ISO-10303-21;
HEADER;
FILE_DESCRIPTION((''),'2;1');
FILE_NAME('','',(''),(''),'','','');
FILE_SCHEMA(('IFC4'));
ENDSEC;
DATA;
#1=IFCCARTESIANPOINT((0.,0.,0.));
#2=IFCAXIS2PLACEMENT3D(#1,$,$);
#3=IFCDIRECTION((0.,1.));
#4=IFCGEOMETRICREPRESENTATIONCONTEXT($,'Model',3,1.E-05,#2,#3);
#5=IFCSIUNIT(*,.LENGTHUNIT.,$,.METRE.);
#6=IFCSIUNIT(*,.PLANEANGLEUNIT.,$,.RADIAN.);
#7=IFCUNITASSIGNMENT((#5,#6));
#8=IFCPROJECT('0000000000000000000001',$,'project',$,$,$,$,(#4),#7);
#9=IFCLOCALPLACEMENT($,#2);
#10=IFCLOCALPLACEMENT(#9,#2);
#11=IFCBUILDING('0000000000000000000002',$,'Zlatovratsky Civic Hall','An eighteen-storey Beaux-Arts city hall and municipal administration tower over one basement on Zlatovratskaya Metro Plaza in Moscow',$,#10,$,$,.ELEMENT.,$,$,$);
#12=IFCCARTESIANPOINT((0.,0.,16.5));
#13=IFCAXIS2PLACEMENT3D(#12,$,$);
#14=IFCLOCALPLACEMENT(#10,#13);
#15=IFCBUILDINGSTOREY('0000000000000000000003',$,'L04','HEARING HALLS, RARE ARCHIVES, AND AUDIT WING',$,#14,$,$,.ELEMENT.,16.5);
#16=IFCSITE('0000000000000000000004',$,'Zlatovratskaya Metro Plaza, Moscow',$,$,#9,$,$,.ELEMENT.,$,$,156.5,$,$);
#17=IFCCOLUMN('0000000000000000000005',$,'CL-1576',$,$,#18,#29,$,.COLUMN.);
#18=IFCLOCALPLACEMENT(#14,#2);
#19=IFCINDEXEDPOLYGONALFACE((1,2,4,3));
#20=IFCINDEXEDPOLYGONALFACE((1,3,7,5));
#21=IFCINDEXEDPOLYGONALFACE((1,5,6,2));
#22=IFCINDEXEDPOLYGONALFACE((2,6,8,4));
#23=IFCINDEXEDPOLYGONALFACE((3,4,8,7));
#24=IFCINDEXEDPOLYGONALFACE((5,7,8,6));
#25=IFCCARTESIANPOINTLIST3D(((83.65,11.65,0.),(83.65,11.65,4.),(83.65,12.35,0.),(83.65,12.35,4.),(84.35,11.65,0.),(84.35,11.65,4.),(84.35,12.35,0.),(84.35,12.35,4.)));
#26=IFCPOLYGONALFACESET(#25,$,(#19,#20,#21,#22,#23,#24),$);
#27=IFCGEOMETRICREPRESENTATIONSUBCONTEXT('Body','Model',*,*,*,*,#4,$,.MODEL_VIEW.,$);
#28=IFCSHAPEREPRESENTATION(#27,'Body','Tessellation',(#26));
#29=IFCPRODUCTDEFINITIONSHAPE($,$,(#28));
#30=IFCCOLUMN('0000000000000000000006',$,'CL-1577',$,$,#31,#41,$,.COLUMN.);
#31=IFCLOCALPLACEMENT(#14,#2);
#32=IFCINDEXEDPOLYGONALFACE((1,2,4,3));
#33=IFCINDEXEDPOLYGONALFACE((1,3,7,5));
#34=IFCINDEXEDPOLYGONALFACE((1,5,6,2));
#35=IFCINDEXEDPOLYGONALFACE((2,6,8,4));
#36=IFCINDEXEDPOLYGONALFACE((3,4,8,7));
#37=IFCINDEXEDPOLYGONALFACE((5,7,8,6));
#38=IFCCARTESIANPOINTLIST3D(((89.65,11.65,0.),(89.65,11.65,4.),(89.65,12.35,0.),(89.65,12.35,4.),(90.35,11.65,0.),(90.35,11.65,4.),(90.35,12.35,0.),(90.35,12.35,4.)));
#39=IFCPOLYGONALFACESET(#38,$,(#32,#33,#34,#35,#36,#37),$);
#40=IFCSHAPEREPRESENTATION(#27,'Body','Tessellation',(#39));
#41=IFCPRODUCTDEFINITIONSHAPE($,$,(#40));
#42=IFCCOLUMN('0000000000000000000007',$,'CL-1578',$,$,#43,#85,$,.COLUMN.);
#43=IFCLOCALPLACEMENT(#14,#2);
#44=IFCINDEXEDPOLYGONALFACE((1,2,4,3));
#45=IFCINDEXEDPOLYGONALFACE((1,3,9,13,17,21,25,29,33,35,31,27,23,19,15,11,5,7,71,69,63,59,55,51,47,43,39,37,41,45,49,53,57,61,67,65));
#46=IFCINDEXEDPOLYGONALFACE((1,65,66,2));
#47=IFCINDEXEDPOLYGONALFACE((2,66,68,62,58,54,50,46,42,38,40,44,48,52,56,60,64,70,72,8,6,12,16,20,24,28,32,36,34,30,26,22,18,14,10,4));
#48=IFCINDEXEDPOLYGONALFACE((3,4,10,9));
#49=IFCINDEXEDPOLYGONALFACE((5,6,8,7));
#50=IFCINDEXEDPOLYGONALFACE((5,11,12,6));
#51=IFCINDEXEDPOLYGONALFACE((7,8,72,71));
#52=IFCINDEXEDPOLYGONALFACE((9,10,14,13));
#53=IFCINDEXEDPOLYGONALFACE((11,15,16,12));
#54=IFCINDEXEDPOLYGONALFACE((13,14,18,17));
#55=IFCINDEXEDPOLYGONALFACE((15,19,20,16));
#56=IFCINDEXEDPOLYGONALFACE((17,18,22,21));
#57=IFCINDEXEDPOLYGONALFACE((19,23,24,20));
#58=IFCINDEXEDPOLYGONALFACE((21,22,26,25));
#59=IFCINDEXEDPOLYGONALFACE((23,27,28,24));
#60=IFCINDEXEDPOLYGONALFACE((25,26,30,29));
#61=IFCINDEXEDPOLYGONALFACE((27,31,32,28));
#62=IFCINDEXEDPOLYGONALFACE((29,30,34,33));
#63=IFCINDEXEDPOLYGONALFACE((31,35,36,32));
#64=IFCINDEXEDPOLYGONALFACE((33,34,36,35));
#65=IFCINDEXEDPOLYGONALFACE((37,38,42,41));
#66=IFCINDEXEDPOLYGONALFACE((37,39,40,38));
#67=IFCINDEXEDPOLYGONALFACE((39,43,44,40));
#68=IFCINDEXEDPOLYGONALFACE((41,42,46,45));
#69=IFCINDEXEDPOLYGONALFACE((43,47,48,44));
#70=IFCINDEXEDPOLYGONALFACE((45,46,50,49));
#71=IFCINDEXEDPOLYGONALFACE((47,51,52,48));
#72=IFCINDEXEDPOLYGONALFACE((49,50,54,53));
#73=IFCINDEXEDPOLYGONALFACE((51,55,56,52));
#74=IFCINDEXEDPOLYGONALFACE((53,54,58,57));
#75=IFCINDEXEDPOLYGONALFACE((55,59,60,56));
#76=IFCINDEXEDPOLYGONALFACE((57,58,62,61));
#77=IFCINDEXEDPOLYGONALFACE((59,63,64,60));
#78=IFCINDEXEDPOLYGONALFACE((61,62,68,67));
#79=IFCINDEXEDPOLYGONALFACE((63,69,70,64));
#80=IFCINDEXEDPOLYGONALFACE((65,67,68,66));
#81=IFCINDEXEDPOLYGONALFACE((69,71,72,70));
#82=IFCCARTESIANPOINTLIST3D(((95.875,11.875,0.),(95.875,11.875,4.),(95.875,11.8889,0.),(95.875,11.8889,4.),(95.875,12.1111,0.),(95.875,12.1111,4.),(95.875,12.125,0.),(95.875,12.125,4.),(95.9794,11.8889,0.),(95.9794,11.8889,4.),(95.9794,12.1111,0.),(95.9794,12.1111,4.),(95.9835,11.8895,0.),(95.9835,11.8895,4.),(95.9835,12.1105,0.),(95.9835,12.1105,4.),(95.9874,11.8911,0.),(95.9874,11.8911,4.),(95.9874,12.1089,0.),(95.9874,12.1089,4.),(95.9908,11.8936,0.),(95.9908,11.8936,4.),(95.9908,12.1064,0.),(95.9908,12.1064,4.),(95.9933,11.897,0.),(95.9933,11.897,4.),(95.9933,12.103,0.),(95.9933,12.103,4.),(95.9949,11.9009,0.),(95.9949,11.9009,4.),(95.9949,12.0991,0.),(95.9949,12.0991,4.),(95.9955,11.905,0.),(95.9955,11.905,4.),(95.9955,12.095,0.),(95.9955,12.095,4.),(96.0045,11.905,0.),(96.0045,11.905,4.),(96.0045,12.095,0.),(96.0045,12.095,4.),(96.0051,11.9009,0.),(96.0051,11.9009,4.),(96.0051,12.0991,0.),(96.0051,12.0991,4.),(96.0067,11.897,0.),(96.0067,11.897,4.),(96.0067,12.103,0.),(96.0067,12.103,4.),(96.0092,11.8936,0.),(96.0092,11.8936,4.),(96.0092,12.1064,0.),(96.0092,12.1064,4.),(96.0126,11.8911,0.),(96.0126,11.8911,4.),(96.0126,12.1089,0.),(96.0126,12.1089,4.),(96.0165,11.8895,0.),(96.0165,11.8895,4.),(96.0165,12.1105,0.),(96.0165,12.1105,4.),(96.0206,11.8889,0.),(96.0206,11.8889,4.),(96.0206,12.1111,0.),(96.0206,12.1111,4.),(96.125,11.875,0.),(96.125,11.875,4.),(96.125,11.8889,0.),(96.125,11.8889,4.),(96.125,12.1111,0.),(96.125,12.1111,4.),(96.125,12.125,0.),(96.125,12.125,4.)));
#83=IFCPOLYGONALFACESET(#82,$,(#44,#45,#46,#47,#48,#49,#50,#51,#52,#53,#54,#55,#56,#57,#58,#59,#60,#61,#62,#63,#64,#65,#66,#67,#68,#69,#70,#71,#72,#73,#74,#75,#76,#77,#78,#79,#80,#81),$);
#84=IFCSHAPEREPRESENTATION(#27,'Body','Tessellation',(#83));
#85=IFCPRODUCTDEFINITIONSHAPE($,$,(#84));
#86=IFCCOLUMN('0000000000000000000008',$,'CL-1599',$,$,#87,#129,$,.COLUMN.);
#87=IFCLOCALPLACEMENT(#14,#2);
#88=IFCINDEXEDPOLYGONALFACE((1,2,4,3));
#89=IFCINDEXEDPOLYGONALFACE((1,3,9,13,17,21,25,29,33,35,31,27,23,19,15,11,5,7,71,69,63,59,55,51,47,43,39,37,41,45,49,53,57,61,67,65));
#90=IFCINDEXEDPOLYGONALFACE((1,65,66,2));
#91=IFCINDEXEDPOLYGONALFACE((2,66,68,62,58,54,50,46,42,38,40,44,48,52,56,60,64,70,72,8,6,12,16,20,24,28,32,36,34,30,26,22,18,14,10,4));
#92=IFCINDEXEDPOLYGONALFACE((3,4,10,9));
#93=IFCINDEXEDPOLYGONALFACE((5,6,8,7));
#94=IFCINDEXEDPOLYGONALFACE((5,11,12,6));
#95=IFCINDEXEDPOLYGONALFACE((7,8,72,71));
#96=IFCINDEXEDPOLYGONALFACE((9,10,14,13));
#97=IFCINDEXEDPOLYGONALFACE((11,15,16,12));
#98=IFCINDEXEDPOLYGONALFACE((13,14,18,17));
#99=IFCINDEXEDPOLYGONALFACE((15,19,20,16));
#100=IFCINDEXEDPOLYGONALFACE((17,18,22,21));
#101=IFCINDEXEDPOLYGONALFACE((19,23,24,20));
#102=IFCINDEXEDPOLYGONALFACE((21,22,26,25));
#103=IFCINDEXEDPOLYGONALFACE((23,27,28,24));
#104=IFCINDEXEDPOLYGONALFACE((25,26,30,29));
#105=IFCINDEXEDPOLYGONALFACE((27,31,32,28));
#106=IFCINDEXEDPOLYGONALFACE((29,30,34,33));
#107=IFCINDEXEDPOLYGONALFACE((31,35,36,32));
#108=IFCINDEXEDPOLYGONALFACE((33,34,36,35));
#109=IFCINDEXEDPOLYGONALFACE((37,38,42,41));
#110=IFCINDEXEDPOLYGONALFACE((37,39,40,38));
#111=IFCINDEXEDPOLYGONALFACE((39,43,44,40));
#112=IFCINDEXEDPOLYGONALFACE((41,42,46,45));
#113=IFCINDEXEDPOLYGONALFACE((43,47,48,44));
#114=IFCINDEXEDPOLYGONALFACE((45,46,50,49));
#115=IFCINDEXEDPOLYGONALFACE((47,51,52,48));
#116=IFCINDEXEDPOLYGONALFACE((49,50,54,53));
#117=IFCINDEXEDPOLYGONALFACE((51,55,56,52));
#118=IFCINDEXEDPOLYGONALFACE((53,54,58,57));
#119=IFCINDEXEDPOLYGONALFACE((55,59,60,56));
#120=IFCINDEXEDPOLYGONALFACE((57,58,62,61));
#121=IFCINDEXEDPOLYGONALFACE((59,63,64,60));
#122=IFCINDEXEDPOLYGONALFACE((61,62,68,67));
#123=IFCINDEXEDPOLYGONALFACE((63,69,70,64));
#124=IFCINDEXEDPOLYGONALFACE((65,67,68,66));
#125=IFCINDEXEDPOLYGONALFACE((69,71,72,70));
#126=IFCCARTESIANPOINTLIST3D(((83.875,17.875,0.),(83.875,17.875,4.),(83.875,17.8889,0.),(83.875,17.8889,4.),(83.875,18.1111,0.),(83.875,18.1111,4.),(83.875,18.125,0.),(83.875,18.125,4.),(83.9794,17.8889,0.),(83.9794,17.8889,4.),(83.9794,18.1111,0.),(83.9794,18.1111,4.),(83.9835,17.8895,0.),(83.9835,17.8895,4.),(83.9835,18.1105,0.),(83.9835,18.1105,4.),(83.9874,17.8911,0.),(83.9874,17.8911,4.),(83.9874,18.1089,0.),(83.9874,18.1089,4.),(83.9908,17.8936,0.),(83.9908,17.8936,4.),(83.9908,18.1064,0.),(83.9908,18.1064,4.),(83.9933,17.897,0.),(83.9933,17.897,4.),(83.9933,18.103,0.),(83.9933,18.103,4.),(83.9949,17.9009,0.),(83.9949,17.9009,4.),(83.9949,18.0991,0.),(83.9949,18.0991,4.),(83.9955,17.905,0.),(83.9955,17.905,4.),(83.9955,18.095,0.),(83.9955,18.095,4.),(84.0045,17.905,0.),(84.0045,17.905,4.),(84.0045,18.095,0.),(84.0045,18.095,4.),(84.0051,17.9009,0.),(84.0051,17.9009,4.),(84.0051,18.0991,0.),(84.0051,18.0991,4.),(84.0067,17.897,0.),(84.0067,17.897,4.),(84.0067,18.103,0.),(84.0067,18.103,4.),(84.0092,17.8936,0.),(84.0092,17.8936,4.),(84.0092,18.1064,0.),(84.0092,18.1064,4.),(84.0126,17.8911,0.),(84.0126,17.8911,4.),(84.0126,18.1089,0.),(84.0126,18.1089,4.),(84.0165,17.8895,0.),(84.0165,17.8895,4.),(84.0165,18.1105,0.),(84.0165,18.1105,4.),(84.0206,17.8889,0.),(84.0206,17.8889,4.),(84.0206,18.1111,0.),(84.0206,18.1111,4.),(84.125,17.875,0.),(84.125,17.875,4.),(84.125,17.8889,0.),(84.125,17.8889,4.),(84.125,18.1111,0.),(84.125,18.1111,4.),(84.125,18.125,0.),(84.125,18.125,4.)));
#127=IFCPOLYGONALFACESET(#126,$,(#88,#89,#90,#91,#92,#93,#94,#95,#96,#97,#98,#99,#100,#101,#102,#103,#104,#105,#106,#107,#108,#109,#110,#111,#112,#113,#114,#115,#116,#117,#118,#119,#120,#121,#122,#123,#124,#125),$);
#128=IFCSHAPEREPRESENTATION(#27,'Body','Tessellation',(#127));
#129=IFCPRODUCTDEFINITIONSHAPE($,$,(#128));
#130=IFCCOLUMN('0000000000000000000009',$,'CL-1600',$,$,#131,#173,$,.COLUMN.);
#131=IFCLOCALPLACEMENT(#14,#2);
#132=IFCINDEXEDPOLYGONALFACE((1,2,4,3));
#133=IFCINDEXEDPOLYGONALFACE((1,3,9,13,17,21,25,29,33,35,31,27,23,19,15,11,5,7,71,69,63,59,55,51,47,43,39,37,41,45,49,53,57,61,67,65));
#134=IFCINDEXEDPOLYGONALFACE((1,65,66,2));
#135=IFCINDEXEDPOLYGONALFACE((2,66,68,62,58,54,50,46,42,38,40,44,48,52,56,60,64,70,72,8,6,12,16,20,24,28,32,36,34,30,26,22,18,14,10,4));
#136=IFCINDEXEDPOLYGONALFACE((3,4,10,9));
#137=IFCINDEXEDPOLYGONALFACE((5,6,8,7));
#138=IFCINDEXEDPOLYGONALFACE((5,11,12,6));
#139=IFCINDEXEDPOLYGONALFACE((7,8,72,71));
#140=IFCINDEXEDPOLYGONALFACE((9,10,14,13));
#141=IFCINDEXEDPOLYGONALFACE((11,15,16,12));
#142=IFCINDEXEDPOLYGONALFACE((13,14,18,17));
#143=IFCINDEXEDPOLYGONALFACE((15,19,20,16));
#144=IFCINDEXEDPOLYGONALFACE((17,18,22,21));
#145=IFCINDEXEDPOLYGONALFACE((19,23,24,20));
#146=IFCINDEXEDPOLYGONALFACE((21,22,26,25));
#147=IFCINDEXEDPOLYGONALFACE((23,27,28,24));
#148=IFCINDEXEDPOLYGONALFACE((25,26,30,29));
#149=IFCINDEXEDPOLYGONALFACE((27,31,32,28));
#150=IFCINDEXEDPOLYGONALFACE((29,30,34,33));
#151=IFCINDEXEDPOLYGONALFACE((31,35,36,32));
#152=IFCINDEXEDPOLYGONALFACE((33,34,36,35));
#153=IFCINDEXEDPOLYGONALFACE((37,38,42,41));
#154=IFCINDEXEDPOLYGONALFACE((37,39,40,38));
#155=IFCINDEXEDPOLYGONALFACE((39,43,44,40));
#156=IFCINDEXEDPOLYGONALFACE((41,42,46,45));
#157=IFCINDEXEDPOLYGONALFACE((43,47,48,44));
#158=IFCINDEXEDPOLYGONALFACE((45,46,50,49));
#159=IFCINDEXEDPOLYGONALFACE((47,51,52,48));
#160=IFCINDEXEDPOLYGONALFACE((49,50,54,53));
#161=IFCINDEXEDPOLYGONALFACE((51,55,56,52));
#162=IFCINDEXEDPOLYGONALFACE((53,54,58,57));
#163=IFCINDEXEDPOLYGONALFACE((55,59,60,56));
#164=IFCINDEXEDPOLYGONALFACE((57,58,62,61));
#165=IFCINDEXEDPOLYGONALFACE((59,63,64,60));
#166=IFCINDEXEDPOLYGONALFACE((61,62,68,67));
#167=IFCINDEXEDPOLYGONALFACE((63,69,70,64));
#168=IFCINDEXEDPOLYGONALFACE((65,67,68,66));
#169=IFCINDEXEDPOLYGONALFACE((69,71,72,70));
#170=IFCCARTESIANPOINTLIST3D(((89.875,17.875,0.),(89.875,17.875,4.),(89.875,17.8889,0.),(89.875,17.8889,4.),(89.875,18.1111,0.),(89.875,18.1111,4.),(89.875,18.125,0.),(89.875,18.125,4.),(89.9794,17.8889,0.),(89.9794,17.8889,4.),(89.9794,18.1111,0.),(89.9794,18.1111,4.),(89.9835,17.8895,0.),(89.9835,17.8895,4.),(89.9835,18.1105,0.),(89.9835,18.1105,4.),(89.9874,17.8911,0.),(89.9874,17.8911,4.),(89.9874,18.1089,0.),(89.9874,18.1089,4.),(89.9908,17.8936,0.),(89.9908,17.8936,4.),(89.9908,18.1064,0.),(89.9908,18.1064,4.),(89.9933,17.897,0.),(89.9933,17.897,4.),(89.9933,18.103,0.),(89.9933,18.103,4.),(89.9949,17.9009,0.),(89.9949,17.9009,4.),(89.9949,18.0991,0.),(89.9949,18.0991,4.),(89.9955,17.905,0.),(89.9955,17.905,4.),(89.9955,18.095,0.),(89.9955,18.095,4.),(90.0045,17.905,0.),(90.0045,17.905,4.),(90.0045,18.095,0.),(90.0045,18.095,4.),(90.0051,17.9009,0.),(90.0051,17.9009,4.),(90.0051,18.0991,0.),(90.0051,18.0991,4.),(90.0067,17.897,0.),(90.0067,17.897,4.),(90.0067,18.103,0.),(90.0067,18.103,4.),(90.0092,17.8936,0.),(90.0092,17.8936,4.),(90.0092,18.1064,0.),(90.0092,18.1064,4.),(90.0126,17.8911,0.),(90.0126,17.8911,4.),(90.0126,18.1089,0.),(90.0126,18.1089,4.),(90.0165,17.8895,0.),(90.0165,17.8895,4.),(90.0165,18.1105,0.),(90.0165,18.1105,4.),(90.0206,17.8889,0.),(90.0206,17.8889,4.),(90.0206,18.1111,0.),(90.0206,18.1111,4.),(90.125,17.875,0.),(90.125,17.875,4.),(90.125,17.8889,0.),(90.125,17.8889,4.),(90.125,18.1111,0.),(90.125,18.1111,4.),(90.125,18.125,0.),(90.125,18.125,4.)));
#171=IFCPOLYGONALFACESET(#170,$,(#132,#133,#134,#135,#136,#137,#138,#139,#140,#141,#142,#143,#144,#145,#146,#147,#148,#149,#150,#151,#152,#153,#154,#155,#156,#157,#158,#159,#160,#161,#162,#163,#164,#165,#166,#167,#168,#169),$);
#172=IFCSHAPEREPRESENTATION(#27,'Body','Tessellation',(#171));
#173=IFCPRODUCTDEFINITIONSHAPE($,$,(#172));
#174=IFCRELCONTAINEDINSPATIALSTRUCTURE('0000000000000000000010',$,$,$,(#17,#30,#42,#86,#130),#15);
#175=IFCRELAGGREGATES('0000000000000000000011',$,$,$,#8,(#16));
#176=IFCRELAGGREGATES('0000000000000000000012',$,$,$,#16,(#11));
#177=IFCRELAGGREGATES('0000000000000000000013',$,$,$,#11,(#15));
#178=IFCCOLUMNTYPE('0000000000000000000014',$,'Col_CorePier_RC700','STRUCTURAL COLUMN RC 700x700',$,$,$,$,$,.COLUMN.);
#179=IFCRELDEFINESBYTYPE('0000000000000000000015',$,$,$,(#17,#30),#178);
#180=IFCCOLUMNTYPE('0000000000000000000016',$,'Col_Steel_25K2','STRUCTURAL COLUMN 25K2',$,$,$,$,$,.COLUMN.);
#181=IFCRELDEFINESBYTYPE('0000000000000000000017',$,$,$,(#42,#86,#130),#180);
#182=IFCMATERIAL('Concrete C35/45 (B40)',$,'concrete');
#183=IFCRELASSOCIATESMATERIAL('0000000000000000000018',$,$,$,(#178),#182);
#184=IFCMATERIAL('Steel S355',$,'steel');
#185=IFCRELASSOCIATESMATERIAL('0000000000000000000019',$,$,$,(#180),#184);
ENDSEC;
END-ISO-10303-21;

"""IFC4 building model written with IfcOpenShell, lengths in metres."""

from ifc_helpers import new_model, si_unit, direction, frame, origin, origin_2d, place, context, subcontext, project, spatial, rectangle, i_section, extrude, material, material_profile, profile_set, type_object, element, save


model = new_model("IFC4")

# Units and contexts
model_context = context("Model", 3, precision=1e-05, world=origin(), true_north=direction((0.0, 1.0)))
body_context = subcontext(model_context, "Body", "Model", "MODEL_VIEW")
ifc_project = project(units=[si_unit("LENGTHUNIT", "METRE"), si_unit("PLANEANGLEUNIT", "RADIAN")], contexts=[model_context])

# Site, building, storey
site_placement = place(None, origin())
site = spatial("IfcSite", under=ifc_project, at=site_placement, Name="Zlatovratskaya Metro Plaza, Moscow", CompositionType="ELEMENT", RefElevation=156.5)
building_placement = place(site_placement, origin())
building = spatial("IfcBuilding", under=site, at=building_placement, Name="Zlatovratsky Civic Hall", Description="An eighteen-storey Beaux-Arts city hall and municipal administration tower over one basement on Zlatovratskaya Metro Plaza in Moscow", CompositionType="ELEMENT")
storey_placement = place(building_placement, frame((0.0, 0.0, 16.5)))
storey = spatial("IfcBuildingStorey", under=building, at=storey_placement, Name="L04", Description="HEARING HALLS, RARE ARCHIVES, AND AUDIT WING", CompositionType="ELEMENT", Elevation=16.5)

# Columns
ifc_material_1 = material(Name="Concrete C35/45 (B40)", Category="concrete")
ifc_material_profile_1 = material_profile(ifc_material_1, rectangle(XDim=0.7, YDim=0.7, at=origin_2d()), Name="RC 700x700")
ifc_profile_set_1 = profile_set([ifc_material_profile_1], Name="Concrete C35/45 (B40)")
column_type_1 = type_object("IfcColumnType", Name="Col_CorePier_RC700", Description="STRUCTURAL COLUMN RC 700x700", PredefinedType="COLUMN", material=ifc_profile_set_1)
for number, where, z_axis, x_axis, name in (
    (1, (84.0, 12.0, 0.0), (0.0, 0.0, 1.0), (1.0, 0.0, 0.0), "CL-1576"),
    (2, (90.0, 12.0, 0.0), (0.0, 0.0, 1.0), (1.0, 0.0, 0.0), "CL-1577"),
):
    element("IfcColumn", number, at=place(storey_placement, frame(where, z_axis=z_axis, x_axis=x_axis)), inside=storey, type_object=column_type_1, Name=name, PredefinedType="COLUMN", context=body_context, shape_type="SweptSolid", body=[
        extrude(rectangle(XDim=0.7, YDim=0.7, at=origin_2d()), origin(), (0.0, 0.0, 1.0), 4.0),
    ])
ifc_material_2 = material(Name="Steel S355", Category="steel")
ifc_material_profile_2 = material_profile(ifc_material_2, i_section(OverallWidth=0.25, OverallDepth=0.25, WebThickness=0.009, FlangeThickness=0.0139, FilletRadius=0.0161, at=origin_2d()), Name="25K2")
ifc_profile_set_2 = profile_set([ifc_material_profile_2], Name="Steel S355")
column_type_2 = type_object("IfcColumnType", Name="Col_Steel_25K2", Description="STRUCTURAL COLUMN 25K2", PredefinedType="COLUMN", material=ifc_profile_set_2)
for number, where, z_axis, x_axis, name in (
    (3, (96.0, 12.0, 0.0), (0.0, 0.0, 1.0), (1.0, 0.0, 0.0), "CL-1578"),
    (4, (84.0, 18.0, 0.0), (0.0, 0.0, 1.0), (1.0, 0.0, 0.0), "CL-1599"),
    (5, (90.0, 18.0, 0.0), (0.0, 0.0, 1.0), (1.0, 0.0, 0.0), "CL-1600"),
):
    element("IfcColumn", number, at=place(storey_placement, frame(where, z_axis=z_axis, x_axis=x_axis)), inside=storey, type_object=column_type_2, Name=name, PredefinedType="COLUMN", context=body_context, shape_type="SweptSolid", body=[
        extrude(i_section(OverallWidth=0.25, OverallDepth=0.25, WebThickness=0.009, FlangeThickness=0.0139, FilletRadius=0.0161, at=origin_2d()), origin(), (0.0, 0.0, 1.0), 4.0),
    ])

save(model, "model.ifc")
